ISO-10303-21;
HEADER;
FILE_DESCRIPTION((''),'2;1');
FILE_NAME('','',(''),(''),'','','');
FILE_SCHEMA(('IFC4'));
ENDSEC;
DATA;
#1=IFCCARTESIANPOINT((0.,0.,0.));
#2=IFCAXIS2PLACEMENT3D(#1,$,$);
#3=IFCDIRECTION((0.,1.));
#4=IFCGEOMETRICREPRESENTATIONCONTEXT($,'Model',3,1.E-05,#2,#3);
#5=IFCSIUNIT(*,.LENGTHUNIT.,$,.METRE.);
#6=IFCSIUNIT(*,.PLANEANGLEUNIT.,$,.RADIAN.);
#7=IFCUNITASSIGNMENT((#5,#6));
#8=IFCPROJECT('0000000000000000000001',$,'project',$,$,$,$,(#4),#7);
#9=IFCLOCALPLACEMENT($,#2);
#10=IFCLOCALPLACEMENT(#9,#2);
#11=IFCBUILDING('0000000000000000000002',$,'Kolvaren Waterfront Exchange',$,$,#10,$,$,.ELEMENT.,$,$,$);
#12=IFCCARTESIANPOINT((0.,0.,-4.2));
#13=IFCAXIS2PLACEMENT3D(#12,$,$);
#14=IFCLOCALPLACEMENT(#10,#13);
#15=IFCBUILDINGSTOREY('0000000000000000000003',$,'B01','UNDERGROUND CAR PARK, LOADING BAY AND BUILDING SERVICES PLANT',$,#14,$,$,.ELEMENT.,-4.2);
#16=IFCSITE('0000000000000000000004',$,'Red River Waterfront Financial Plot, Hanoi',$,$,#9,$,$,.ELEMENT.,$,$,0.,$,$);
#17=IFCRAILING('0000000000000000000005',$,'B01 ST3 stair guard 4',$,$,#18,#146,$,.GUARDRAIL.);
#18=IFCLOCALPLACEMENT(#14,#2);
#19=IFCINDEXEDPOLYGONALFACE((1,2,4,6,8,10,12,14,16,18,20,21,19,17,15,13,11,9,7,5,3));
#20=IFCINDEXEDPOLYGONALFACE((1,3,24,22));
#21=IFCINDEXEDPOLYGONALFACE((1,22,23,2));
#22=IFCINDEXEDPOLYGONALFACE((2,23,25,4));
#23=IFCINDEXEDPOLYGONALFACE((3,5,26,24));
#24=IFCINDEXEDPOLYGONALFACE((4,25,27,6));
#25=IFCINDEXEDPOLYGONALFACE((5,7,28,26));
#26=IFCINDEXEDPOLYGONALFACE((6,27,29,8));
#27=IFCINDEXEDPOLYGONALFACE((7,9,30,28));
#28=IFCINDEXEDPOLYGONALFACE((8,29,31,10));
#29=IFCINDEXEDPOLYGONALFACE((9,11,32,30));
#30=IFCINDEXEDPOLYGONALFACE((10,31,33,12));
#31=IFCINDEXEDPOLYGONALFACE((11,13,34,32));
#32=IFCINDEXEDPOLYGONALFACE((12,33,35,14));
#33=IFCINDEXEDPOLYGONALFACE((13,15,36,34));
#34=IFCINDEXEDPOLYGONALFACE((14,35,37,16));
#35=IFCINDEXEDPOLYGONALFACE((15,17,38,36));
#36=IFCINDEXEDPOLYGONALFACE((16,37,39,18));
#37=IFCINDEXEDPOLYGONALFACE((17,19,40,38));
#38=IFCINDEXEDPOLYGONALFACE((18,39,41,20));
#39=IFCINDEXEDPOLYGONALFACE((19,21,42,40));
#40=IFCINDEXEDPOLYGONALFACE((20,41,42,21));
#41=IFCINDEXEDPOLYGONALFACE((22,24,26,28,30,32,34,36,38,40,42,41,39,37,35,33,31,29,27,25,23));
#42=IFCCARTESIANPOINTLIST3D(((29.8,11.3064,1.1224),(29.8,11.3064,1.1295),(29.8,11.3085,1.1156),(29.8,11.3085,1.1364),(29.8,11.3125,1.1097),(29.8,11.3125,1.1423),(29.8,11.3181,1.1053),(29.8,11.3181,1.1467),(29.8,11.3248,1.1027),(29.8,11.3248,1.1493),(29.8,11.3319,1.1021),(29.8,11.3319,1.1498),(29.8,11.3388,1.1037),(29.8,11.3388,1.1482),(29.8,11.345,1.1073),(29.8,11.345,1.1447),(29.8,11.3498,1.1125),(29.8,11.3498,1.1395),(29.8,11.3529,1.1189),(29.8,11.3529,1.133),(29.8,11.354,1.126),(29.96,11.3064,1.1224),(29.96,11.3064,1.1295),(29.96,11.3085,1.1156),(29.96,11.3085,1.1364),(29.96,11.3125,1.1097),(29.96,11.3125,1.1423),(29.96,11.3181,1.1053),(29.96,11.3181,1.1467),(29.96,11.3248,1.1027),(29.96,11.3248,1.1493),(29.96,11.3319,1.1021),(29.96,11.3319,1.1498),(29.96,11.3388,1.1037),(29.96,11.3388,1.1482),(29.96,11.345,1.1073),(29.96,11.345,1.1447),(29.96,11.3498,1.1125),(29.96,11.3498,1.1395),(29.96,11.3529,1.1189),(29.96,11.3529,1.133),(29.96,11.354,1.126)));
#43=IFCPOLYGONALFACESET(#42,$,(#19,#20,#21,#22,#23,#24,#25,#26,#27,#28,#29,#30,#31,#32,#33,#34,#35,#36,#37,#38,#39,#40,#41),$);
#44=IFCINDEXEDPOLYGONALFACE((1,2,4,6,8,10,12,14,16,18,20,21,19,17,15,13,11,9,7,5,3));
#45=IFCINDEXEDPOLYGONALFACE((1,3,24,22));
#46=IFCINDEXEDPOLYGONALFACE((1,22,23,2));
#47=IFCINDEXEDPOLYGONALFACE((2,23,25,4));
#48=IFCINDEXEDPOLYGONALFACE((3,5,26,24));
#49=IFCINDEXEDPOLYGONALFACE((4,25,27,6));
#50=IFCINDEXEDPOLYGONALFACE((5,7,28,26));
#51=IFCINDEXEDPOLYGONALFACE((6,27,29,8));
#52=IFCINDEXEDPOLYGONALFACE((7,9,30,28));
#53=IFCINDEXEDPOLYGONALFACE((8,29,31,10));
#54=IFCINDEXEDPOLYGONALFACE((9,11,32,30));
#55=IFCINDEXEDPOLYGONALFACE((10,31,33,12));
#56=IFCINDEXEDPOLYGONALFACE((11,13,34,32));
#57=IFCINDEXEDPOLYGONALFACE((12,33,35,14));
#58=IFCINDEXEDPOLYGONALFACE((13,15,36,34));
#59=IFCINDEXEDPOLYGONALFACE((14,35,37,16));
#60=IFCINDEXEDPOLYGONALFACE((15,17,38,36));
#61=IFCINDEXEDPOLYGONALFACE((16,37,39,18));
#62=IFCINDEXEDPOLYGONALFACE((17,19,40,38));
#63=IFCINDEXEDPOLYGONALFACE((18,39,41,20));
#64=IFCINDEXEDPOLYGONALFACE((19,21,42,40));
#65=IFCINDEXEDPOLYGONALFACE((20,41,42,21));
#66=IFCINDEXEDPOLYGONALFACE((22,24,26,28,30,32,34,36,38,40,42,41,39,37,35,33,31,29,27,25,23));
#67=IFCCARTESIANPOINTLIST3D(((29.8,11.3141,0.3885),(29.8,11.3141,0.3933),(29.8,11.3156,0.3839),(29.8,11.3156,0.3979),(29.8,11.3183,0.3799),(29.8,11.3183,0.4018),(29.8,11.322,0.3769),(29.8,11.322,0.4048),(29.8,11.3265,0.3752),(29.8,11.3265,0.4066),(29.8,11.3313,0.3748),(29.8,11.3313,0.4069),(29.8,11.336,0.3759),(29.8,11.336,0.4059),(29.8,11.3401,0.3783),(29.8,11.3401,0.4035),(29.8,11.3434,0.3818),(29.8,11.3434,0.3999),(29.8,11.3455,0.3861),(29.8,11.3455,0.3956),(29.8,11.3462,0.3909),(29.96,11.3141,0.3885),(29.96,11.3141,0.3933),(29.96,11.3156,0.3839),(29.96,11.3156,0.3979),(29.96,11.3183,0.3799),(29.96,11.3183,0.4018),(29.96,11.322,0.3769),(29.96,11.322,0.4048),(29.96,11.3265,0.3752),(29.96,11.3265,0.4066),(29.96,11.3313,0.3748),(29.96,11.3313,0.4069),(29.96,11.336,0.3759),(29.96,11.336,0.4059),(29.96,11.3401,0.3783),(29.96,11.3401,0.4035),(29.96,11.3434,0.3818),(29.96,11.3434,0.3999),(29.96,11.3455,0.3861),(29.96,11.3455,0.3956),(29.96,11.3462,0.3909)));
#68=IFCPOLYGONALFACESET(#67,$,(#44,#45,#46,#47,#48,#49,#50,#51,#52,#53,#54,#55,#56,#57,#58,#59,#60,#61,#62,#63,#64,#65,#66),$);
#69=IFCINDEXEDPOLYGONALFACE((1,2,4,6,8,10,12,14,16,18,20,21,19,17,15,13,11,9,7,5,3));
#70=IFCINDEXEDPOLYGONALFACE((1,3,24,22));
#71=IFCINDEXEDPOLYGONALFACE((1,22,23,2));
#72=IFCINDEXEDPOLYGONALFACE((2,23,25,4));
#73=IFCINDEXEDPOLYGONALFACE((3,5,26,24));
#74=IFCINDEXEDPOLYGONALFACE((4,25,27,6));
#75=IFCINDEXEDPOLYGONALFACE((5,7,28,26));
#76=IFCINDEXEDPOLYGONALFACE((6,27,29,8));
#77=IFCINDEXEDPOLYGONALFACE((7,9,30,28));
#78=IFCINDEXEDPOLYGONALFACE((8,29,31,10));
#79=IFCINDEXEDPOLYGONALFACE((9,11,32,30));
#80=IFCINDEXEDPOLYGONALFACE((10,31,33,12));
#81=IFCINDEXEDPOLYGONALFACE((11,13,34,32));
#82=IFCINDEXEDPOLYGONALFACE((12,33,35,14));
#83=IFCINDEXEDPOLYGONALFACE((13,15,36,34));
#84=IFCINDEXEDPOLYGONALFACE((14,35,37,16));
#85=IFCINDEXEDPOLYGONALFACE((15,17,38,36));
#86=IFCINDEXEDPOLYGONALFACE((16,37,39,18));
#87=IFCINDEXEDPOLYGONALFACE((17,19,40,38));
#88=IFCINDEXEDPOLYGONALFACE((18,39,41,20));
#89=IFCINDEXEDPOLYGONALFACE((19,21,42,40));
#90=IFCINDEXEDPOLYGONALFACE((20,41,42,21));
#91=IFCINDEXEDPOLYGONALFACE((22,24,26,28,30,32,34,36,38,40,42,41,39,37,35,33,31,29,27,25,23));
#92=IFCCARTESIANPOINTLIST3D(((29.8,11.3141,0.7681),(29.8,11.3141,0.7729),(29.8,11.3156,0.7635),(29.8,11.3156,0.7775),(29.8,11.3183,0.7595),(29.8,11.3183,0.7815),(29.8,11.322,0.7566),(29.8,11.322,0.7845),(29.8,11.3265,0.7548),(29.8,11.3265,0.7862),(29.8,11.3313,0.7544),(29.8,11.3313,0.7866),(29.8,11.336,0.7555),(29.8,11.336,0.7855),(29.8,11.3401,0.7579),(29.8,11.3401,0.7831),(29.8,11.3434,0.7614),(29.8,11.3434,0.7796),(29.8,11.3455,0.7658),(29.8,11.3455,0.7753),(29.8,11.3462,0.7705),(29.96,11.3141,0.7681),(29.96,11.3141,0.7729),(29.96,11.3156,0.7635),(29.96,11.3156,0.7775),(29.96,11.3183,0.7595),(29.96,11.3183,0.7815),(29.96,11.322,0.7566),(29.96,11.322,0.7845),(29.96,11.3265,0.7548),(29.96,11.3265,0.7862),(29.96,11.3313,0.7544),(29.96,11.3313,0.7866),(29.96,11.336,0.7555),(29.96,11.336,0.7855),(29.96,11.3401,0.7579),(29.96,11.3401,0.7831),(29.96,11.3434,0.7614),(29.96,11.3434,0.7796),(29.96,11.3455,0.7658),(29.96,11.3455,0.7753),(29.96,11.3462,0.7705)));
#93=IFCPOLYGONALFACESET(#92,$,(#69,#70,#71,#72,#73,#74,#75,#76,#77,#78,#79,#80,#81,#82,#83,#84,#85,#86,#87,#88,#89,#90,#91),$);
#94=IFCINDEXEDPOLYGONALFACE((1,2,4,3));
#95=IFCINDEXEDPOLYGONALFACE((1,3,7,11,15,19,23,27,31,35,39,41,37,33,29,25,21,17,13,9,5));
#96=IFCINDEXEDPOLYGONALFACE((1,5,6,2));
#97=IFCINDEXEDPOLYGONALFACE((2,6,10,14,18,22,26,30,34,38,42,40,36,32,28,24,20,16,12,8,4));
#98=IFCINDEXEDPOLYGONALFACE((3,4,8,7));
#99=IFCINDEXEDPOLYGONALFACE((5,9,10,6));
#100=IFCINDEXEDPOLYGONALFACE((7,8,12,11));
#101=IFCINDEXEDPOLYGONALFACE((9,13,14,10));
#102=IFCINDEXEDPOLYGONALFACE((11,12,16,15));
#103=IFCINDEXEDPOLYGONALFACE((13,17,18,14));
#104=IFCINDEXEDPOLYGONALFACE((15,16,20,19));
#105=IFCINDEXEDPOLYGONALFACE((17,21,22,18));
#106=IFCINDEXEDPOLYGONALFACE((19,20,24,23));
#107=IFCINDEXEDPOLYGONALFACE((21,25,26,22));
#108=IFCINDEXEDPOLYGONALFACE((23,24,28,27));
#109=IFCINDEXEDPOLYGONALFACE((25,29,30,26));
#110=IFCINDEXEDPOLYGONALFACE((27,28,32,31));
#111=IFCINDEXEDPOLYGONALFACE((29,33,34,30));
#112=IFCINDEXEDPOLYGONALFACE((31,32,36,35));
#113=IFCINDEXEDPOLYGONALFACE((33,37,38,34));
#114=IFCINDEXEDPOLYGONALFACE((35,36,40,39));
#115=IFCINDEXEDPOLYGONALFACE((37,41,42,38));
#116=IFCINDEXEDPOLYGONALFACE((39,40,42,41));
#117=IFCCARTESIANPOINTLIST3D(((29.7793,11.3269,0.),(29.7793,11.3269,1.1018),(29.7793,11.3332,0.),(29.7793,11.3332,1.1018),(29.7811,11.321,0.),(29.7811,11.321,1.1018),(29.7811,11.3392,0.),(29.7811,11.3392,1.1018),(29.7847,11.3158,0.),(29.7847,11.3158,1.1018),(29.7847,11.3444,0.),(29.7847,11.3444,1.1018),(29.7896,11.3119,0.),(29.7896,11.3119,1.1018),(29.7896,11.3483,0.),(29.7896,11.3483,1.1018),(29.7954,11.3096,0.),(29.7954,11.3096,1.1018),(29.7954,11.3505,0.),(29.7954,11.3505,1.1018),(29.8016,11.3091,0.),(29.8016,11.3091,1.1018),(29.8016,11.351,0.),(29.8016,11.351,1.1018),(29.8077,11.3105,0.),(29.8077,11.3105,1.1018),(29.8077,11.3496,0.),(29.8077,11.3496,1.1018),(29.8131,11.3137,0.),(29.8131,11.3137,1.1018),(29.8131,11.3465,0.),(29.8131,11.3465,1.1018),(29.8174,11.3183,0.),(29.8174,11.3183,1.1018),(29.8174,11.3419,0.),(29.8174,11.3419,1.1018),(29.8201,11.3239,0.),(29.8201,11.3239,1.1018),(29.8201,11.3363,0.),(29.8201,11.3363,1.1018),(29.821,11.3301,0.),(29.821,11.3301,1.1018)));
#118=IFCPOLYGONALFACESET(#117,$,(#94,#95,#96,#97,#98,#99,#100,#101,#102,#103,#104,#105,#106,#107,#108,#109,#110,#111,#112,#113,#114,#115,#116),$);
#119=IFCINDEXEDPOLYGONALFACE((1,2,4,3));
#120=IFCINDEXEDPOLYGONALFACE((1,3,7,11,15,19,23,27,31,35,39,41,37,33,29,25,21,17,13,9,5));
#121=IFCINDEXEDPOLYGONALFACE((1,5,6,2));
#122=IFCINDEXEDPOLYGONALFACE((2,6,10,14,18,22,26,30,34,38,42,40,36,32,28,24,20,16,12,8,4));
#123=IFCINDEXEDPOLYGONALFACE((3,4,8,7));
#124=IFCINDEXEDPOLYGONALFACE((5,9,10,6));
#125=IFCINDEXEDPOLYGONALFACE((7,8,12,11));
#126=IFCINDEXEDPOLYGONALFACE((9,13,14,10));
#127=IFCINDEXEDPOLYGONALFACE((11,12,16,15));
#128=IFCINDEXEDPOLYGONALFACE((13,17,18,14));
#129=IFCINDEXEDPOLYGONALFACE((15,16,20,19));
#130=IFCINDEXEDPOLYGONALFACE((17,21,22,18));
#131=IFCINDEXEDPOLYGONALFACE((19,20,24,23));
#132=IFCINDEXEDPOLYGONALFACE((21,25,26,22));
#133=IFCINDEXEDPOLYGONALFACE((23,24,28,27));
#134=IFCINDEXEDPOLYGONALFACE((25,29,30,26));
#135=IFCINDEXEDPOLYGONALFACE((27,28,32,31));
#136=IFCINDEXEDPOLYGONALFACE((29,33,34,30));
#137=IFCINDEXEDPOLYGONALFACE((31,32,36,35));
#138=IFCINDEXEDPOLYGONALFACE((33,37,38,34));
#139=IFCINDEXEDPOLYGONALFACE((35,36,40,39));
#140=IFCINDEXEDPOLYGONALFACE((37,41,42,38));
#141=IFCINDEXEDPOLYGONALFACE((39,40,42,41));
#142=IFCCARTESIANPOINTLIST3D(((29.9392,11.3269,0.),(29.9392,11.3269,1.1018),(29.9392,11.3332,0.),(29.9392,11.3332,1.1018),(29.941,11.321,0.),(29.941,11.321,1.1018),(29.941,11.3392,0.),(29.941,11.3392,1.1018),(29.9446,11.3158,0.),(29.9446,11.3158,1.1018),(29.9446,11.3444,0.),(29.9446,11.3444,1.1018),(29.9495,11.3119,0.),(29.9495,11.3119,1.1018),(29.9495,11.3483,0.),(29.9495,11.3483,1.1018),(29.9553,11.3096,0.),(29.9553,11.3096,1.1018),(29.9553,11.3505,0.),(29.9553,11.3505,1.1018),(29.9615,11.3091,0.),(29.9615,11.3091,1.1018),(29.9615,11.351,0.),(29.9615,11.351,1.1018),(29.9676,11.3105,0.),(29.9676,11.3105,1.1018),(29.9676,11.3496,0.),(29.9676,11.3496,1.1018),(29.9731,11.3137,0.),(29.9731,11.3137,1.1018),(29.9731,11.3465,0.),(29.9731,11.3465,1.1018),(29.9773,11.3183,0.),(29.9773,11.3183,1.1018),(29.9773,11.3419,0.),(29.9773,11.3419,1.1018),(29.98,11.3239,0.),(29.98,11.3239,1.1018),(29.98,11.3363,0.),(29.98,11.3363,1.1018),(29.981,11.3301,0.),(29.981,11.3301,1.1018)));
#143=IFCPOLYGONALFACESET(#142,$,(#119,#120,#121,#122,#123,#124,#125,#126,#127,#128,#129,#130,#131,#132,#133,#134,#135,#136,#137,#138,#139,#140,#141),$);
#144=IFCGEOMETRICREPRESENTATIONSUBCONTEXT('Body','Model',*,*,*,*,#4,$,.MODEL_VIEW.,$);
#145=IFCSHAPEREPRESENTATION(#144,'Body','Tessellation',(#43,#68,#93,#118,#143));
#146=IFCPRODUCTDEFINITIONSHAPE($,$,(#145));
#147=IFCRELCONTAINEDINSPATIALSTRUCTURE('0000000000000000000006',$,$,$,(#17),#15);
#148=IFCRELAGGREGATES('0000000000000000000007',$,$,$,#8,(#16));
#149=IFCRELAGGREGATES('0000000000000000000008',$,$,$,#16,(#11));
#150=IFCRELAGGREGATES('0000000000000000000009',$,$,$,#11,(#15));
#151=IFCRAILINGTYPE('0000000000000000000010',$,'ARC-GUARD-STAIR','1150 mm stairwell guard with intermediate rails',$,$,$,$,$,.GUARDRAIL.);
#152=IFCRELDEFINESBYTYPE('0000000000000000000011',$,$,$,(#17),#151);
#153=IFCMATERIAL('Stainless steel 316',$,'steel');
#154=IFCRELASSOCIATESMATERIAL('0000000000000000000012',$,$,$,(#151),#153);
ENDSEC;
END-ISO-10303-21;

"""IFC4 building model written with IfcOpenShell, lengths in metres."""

from ifc_helpers import new_model, si_unit, direction, frame, origin, origin_2d, place, context, subcontext, project, spatial, circle, extrude, material, type_object, element, save


model = new_model("IFC4")

# Units and contexts
model_context = context("Model", 3, precision=1e-05, world=origin(), true_north=direction((0.0, 1.0)))
body_context = subcontext(model_context, "Body", "Model", "MODEL_VIEW")
ifc_project = project(units=[si_unit("LENGTHUNIT", "METRE"), si_unit("PLANEANGLEUNIT", "RADIAN")], contexts=[model_context])

# Site, building, storey
site_placement = place(None, origin())
site = spatial("IfcSite", under=ifc_project, at=site_placement, Name="Red River Waterfront Financial Plot, Hanoi", CompositionType="ELEMENT", RefElevation=0.0)
building_placement = place(site_placement, origin())
building = spatial("IfcBuilding", under=site, at=building_placement, Name="Kolvaren Waterfront Exchange", CompositionType="ELEMENT")
storey_placement = place(building_placement, frame((0.0, 0.0, -4.2)))
storey = spatial("IfcBuildingStorey", under=building, at=storey_placement, Name="B01", Description="UNDERGROUND CAR PARK, LOADING BAY AND BUILDING SERVICES PLANT", CompositionType="ELEMENT", Elevation=-4.2)

# Railing
ifc_material_1 = material(Name="Stainless steel 316", Category="steel")
railing_type_1 = type_object("IfcRailingType", Name="ARC-GUARD-STAIR", Description="1150 mm stairwell guard with intermediate rails", PredefinedType="GUARDRAIL", material=ifc_material_1)
railing_1_placement = place(storey_placement, frame((29.8, 11.3301, 0.0)))
element("IfcRailing", 1, at=railing_1_placement, inside=storey, type_object=railing_type_1, Name="B01 ST3 stair guard 4", PredefinedType="GUARDRAIL", context=body_context, shape_type="SweptSolid", body=[
    extrude(circle(Radius=0.0239, at=origin_2d()), frame((0.0, 0.0, 1.126), z_axis=(1.0, 0.0, 0.0), x_axis=(0.0, 1.0, 0.0)), (0.0, 0.0, 1.0), 0.1599),
    extrude(circle(Radius=0.0161, at=origin_2d()), frame((0.0, 0.0, 0.3909), z_axis=(1.0, 0.0, 0.0), x_axis=(0.0, 1.0, 0.0)), (0.0, 0.0, 1.0), 0.1599),
    extrude(circle(Radius=0.0161, at=origin_2d()), frame((0.0, 0.0, 0.7705), z_axis=(1.0, 0.0, 0.0), x_axis=(0.0, 1.0, 0.0)), (0.0, 0.0, 1.0), 0.1599),
    extrude(circle(Radius=0.021, at=origin_2d()), origin(), (0.0, 0.0, 1.0), 1.1018),
    extrude(circle(Radius=0.021, at=origin_2d()), frame((0.1599, 0.0, 0.0)), (0.0, 0.0, 1.0), 1.1018),
])

save(model, "model.ifc")
